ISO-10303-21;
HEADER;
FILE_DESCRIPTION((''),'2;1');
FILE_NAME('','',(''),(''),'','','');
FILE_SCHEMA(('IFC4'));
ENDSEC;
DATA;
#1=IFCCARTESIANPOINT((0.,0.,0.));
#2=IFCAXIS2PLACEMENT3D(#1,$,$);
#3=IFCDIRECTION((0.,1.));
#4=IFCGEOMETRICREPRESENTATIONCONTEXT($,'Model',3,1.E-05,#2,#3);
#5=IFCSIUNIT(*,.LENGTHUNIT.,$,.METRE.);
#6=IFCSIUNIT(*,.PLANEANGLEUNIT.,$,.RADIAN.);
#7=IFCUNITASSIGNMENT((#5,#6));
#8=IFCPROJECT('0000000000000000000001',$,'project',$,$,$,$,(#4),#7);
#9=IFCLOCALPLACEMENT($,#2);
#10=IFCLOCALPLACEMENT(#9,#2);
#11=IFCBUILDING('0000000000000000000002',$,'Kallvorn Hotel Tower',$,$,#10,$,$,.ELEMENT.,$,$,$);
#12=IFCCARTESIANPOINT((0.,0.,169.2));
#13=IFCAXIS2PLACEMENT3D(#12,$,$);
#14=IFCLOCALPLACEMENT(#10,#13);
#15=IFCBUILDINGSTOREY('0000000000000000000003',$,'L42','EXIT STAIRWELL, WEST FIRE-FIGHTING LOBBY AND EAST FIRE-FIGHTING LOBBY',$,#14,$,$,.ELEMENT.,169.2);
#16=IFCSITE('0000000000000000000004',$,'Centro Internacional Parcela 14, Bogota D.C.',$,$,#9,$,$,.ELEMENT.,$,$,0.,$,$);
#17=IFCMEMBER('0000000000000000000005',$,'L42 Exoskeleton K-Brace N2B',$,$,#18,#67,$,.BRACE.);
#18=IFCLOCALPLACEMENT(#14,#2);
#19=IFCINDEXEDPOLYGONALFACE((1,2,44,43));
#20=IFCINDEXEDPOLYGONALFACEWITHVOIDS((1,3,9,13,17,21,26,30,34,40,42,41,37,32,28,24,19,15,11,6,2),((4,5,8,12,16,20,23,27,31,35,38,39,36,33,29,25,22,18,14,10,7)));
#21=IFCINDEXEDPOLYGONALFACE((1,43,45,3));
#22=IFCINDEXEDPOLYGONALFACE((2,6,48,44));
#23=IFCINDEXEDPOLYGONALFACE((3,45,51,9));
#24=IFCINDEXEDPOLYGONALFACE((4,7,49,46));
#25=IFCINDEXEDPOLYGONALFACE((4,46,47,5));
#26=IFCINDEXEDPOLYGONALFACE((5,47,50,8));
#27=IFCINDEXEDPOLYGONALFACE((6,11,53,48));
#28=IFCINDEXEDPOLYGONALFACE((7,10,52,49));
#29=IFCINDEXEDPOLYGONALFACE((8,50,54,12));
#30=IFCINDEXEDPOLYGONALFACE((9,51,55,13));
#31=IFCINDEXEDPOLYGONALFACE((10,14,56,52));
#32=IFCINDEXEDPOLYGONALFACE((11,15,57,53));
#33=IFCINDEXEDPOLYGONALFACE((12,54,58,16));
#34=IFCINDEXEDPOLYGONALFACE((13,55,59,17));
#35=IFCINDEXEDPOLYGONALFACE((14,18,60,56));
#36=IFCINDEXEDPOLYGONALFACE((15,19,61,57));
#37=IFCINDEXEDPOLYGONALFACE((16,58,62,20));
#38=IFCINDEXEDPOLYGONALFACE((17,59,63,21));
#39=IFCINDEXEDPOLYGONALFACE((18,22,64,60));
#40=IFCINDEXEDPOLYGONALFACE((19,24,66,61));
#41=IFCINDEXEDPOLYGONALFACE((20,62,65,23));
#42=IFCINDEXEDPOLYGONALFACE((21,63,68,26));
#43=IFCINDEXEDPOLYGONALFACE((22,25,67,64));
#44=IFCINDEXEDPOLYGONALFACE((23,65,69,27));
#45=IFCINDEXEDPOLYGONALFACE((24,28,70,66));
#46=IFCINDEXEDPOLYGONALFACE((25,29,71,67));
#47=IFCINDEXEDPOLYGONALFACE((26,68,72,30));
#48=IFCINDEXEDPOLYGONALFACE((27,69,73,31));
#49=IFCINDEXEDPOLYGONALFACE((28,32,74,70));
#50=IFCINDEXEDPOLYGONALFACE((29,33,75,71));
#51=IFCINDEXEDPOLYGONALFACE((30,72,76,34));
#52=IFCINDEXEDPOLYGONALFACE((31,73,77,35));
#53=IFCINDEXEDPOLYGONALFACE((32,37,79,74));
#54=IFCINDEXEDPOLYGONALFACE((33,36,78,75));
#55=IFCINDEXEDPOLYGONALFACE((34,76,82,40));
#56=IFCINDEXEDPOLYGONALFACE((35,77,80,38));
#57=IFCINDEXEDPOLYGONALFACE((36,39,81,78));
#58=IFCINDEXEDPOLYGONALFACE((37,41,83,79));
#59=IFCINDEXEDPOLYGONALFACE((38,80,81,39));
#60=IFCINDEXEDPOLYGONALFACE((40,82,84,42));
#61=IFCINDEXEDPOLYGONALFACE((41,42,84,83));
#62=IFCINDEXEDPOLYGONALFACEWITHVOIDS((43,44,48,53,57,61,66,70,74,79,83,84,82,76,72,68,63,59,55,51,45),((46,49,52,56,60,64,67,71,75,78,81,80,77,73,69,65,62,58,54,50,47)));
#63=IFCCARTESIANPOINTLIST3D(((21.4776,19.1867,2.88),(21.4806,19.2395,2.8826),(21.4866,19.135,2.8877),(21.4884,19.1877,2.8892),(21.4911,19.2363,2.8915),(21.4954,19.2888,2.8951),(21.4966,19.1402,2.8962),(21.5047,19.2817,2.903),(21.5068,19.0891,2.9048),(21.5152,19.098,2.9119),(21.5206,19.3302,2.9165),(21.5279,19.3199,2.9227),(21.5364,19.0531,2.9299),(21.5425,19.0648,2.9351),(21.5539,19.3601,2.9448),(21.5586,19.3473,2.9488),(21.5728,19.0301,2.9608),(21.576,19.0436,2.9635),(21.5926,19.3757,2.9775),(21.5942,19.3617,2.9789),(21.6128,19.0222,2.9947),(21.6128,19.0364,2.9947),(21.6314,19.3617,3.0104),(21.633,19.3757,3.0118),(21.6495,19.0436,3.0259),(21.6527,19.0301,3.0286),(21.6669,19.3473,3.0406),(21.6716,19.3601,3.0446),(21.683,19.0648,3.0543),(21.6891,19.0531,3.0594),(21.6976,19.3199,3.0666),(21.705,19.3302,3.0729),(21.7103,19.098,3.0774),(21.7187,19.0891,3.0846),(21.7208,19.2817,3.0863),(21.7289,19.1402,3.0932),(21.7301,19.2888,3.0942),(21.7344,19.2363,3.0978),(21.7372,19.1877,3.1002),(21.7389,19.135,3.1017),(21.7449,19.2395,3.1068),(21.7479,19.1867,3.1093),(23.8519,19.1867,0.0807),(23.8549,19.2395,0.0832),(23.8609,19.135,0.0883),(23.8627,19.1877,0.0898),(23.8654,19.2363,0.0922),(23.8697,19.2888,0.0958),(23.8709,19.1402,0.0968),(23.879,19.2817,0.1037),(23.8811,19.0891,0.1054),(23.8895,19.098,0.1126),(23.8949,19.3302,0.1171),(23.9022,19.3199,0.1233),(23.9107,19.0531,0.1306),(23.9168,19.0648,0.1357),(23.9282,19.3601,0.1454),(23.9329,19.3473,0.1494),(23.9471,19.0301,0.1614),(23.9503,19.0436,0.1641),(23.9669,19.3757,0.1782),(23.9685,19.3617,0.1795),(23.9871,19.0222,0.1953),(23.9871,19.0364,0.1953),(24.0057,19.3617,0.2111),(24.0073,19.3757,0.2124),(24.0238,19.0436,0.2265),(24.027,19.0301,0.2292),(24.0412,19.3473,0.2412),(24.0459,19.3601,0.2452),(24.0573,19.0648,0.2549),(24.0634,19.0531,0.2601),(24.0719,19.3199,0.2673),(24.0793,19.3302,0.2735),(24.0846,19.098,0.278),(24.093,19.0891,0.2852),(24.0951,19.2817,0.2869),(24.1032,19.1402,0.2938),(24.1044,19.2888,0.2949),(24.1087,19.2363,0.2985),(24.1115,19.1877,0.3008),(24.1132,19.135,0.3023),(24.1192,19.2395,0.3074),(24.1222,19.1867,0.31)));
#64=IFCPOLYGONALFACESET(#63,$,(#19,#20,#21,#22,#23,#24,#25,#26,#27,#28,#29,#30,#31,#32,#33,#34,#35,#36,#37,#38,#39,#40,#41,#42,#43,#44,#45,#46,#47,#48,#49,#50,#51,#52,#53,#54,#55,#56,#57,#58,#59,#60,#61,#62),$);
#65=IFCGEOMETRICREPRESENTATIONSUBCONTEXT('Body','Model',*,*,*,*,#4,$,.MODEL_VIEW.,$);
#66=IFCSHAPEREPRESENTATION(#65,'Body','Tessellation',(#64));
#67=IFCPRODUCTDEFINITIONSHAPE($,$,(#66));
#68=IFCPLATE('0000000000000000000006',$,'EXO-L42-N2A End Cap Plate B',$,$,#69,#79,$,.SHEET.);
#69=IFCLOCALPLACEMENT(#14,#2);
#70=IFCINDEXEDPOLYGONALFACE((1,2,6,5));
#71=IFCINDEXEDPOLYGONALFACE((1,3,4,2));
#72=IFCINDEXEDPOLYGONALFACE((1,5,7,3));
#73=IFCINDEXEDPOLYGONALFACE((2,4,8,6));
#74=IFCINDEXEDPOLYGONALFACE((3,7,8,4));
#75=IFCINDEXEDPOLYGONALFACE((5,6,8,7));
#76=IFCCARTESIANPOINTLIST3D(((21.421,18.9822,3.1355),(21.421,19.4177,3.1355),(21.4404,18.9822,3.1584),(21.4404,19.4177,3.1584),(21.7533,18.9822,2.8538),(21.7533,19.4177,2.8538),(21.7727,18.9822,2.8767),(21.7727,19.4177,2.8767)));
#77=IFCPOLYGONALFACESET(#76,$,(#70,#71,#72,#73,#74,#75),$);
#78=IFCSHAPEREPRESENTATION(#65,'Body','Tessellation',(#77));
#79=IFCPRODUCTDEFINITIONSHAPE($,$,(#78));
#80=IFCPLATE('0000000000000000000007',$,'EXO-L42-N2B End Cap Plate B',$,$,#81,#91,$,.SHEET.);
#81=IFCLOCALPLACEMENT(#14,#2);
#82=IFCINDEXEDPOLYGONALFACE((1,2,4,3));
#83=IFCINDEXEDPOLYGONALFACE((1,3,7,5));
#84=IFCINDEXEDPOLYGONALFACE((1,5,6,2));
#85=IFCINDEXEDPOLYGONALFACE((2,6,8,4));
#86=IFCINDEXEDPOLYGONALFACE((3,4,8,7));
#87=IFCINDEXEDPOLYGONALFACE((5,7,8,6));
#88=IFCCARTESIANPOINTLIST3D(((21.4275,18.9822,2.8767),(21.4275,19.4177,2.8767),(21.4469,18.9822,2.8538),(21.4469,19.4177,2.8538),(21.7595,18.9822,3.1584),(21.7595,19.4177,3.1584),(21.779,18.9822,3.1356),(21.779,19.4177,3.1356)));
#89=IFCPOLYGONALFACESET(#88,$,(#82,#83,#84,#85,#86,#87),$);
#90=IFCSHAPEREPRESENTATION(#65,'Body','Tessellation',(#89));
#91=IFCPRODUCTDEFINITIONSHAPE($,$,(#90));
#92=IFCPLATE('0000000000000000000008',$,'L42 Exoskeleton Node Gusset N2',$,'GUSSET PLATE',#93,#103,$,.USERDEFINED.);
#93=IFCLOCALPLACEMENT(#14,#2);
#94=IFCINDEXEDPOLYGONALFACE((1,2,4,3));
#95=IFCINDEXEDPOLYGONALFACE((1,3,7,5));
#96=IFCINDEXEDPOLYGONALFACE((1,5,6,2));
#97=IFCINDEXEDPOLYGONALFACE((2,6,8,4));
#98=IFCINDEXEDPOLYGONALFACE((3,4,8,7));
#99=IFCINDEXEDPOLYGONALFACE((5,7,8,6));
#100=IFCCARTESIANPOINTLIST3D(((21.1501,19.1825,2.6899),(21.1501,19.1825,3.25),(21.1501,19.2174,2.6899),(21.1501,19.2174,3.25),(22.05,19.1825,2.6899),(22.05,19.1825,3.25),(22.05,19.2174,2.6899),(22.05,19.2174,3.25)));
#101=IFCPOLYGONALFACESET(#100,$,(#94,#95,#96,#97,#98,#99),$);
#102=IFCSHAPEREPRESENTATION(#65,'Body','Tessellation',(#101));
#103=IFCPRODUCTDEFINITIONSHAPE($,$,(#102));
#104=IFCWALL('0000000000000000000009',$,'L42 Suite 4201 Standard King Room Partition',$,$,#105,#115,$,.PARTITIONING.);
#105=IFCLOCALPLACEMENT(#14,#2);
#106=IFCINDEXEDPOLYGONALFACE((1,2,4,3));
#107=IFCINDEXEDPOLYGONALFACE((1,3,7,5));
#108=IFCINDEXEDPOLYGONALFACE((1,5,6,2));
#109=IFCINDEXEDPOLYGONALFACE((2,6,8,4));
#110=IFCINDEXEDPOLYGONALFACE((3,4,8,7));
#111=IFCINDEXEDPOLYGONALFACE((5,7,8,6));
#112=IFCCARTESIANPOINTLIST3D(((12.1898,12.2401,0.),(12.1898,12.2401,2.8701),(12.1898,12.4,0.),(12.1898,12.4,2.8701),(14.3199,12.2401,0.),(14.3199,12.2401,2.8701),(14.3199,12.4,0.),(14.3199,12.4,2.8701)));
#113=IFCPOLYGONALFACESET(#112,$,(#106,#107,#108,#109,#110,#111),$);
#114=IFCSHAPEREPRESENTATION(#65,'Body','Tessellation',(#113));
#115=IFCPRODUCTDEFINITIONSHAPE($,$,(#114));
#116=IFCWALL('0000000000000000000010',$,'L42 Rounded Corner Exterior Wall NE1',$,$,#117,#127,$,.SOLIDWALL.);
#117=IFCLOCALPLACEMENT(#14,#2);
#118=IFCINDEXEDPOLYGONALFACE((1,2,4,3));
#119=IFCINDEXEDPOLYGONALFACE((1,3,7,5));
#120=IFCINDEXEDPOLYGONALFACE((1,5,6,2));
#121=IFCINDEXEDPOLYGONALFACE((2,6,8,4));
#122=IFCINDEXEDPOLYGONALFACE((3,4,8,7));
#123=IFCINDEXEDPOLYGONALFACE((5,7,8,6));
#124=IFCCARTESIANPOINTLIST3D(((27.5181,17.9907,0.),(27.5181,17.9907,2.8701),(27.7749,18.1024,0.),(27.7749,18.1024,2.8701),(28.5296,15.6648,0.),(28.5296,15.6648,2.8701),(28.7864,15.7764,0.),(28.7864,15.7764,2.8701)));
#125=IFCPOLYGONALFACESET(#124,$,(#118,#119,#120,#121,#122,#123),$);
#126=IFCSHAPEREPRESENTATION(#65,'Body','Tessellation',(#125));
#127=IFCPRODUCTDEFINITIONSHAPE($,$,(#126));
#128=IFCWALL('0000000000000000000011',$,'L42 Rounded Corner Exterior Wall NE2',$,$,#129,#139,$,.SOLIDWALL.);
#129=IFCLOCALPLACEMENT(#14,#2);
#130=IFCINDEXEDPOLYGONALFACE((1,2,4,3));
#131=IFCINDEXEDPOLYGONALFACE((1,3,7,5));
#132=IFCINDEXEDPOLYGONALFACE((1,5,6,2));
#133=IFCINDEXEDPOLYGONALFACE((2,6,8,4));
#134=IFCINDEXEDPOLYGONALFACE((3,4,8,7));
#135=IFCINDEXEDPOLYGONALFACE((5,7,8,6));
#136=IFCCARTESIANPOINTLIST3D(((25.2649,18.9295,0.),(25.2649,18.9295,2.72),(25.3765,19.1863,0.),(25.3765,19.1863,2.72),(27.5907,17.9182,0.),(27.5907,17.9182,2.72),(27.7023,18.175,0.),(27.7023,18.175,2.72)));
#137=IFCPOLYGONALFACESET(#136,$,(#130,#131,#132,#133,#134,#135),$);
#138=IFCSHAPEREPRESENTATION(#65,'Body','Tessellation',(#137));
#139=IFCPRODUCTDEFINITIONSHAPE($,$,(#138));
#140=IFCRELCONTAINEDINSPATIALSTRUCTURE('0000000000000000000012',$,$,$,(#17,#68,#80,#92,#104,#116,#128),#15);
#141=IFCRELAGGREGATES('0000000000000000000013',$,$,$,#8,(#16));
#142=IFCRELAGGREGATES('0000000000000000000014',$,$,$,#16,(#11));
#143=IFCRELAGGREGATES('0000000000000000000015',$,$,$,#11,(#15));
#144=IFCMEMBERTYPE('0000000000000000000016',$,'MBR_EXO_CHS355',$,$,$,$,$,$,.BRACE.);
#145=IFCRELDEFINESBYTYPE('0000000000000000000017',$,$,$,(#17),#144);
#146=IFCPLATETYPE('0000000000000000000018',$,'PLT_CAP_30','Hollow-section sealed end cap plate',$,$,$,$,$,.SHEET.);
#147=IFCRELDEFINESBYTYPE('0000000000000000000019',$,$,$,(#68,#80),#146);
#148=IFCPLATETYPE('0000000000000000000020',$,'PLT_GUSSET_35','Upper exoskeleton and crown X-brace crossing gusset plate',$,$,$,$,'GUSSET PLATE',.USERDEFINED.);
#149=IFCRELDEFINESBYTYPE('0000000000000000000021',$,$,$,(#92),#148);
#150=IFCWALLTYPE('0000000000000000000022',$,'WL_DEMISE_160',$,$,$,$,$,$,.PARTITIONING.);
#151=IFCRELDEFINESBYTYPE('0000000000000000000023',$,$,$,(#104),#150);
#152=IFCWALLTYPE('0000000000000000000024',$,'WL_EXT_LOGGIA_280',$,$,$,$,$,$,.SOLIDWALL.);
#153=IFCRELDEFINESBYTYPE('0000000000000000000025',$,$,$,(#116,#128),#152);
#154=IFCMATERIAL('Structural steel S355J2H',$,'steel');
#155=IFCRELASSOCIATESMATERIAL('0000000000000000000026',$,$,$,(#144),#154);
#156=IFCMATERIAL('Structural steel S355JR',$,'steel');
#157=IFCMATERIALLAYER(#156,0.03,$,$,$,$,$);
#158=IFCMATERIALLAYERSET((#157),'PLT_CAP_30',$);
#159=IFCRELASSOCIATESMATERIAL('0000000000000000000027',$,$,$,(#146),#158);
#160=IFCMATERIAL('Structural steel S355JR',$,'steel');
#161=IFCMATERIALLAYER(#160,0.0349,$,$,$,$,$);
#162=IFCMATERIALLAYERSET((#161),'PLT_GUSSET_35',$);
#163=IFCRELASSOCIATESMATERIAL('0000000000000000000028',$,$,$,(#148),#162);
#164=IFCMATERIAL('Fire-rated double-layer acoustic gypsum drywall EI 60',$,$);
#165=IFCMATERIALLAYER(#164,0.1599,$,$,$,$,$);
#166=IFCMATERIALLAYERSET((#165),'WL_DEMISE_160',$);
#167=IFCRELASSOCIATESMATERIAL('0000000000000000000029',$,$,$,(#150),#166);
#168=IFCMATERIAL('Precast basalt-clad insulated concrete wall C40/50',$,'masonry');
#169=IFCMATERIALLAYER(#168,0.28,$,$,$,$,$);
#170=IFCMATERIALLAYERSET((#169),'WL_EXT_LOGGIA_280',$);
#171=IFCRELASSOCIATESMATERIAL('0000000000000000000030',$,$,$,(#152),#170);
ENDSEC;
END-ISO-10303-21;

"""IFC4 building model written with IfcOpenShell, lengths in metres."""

from ifc_helpers import new_model, si_unit, direction, frame, frame_2d, origin, origin_2d, place, context, subcontext, project, spatial, polyline, rectangle, hollow_circle, outline, extrude, material, layer, layer_set, material_profile, profile_set, type_object, element, save


model = new_model("IFC4")

# Units and contexts
model_context = context("Model", 3, precision=1e-05, world=origin(), true_north=direction((0.0, 1.0)))
body_context = subcontext(model_context, "Body", "Model", "MODEL_VIEW")
ifc_project = project(units=[si_unit("LENGTHUNIT", "METRE"), si_unit("PLANEANGLEUNIT", "RADIAN")], contexts=[model_context])

# Site, building, storey
site_placement = place(None, origin())
site = spatial("IfcSite", under=ifc_project, at=site_placement, Name="Centro Internacional Parcela 14, Bogota D.C.", CompositionType="ELEMENT", RefElevation=0.0)
building_placement = place(site_placement, origin())
building = spatial("IfcBuilding", under=site, at=building_placement, Name="Kallvorn Hotel Tower", CompositionType="ELEMENT")
storey_placement = place(building_placement, frame((0.0, 0.0, 169.2)))
storey = spatial("IfcBuildingStorey", under=building, at=storey_placement, Name="L42", Description="EXIT STAIRWELL, WEST FIRE-FIGHTING LOBBY AND EAST FIRE-FIGHTING LOBBY", CompositionType="ELEMENT", Elevation=169.2)

# Member
ifc_material_1 = material(Name="Structural steel S355J2H", Category="steel")
ifc_material_profile_1 = material_profile(ifc_material_1, hollow_circle(Radius=0.1777, WallThickness=0.0142, at=origin_2d()), Name="CHS 355.6x14.2")
ifc_profile_set_1 = profile_set([ifc_material_profile_1], Name="Structural steel S355J2H")
member_type_1 = type_object("IfcMemberType", Name="MBR_EXO_CHS355", PredefinedType="BRACE", material=ifc_profile_set_1)
for number, where, z_axis, x_axis, name in (
    (1, (23.9871, 19.2, 0.1953), (-0.646833, 0.0, 0.762631), (0.0, -1.0, 0.0), "L42 Exoskeleton K-Brace N2B"),
):
    element("IfcMember", number, at=place(storey_placement, frame(where, z_axis=z_axis, x_axis=x_axis)), inside=storey, type_object=member_type_1, Name=name, PredefinedType="BRACE", context=body_context, shape_type="SweptSolid", body=[
        extrude(hollow_circle(Radius=0.1777, WallThickness=0.0142, at=origin_2d()), origin(), (0.0, 0.0, 1.0), 3.6707),
    ])

# Plates
ifc_material_2 = material(Name="Structural steel S355JR", Category="steel")
ifc_layer_1 = layer(ifc_material_2, 0.03)
ifc_layer_set_1 = layer_set([ifc_layer_1], Name="PLT_CAP_30")
plate_type_1 = type_object("IfcPlateType", Name="PLT_CAP_30", Description="Hollow-section sealed end cap plate", PredefinedType="SHEET", material=ifc_layer_set_1)
plate_1_placement = place(storey_placement, frame((21.7727, 18.9822, 2.8767), z_axis=(0.646721, 0.0, 0.762727), x_axis=(0.0, 1.0, 0.0)))
element("IfcPlate", 2, at=plate_1_placement, inside=storey, type_object=plate_type_1, Name="EXO-L42-N2A End Cap Plate B", PredefinedType="SHEET", context=body_context, shape_type="SweptSolid", body=[
    extrude(outline(polyline([(0.0, 0.0), (0.4355, 0.0), (0.4355, 0.4356), (0.0, 0.4356), (0.0, 0.0)])), origin(), (0.0, 0.0, -1.0), 0.03),
])
plate_2_placement = place(storey_placement, frame((21.4275, 19.4177, 2.8767), z_axis=(-0.646997, 0.0, 0.762492), x_axis=(0.0, -1.0, 0.0)))
element("IfcPlate", 3, at=plate_2_placement, inside=storey, type_object=plate_type_1, Name="EXO-L42-N2B End Cap Plate B", PredefinedType="SHEET", context=body_context, shape_type="SweptSolid", body=[
    extrude(outline(polyline([(0.0, 0.0), (0.4355, 0.0), (0.4355, 0.4355), (0.0, 0.4355), (0.0, 0.0)])), origin(), (0.0, 0.0, -1.0), 0.03),
])
ifc_material_3 = material(Name="Structural steel S355JR", Category="steel")
ifc_layer_2 = layer(ifc_material_3, 0.0349)
ifc_layer_set_2 = layer_set([ifc_layer_2], Name="PLT_GUSSET_35")
plate_type_2 = type_object("IfcPlateType", Name="PLT_GUSSET_35", Description="Upper exoskeleton and crown X-brace crossing gusset plate", ElementType="GUSSET PLATE", PredefinedType="USERDEFINED", material=ifc_layer_set_2)
plate_3_placement = place(storey_placement, frame((21.6001, 19.2, 2.6899), z_axis=(0.0, 0.0, 1.0), x_axis=(1.0, 0.0, 0.0)))
element("IfcPlate", 4, at=plate_3_placement, inside=storey, type_object=plate_type_2, Name="L42 Exoskeleton Node Gusset N2", ObjectType="GUSSET PLATE", PredefinedType="USERDEFINED", context=body_context, shape_type="SweptSolid", body=[
    extrude(rectangle(XDim=0.8999, YDim=0.0349, at=origin_2d()), origin(), (0.0, 0.0, 1.0), 0.5601),
])

# Walls
ifc_material_4 = material(Name="Fire-rated double-layer acoustic gypsum drywall EI 60")
ifc_layer_3 = layer(ifc_material_4, 0.1599)
ifc_layer_set_3 = layer_set([ifc_layer_3], Name="WL_DEMISE_160")
wall_type_1 = type_object("IfcWallType", Name="WL_DEMISE_160", PredefinedType="PARTITIONING", material=ifc_layer_set_3)
wall_1_placement = place(storey_placement, frame((12.1899, 12.3201, 0.0), z_axis=(0.0, 0.0, 1.0), x_axis=(1.0, 0.0, 0.0)))
element("IfcWall", 5, at=wall_1_placement, inside=storey, type_object=wall_type_1, Name="L42 Suite 4201 Standard King Room Partition", PredefinedType="PARTITIONING", context=body_context, shape_type="SweptSolid", body=[
    extrude(rectangle(XDim=2.1301, YDim=0.1599, at=frame_2d((1.0649, 0.0))), origin(), (0.0, 0.0, 1.0), 2.8701),
])
ifc_material_5 = material(Name="Precast basalt-clad insulated concrete wall C40/50", Category="masonry")
ifc_layer_4 = layer(ifc_material_5, 0.28)
ifc_layer_set_4 = layer_set([ifc_layer_4], Name="WL_EXT_LOGGIA_280")
wall_type_2 = type_object("IfcWallType", Name="WL_EXT_LOGGIA_280", PredefinedType="SOLIDWALL", material=ifc_layer_set_4)
wall_2_placement = place(storey_placement, frame((28.658, 15.7207, 0.0), z_axis=(0.0, 0.0, 1.0), x_axis=(-0.398793, 0.917041, 0.0)))
element("IfcWall", 6, at=wall_2_placement, inside=storey, type_object=wall_type_2, Name="L42 Rounded Corner Exterior Wall NE1", PredefinedType="SOLIDWALL", context=body_context, shape_type="SweptSolid", body=[
    extrude(rectangle(XDim=2.5364, YDim=0.28, at=frame_2d((1.2681, 0.0))), origin(), (0.0, 0.0, 1.0), 2.8701),
])
wall_3_placement = place(storey_placement, frame((27.6465, 18.0466, 0.0), z_axis=(0.0, 0.0, 1.0), x_axis=(-0.917061, 0.398747, 0.0)))
element("IfcWall", 7, at=wall_3_placement, inside=storey, type_object=wall_type_2, Name="L42 Rounded Corner Exterior Wall NE2", PredefinedType="SOLIDWALL", context=body_context, shape_type="SweptSolid", body=[
    extrude(rectangle(XDim=2.5361, YDim=0.28, at=frame_2d((1.2681, 0.0))), origin(), (0.0, 0.0, 1.0), 2.72),
])

save(model, "model.ifc")
